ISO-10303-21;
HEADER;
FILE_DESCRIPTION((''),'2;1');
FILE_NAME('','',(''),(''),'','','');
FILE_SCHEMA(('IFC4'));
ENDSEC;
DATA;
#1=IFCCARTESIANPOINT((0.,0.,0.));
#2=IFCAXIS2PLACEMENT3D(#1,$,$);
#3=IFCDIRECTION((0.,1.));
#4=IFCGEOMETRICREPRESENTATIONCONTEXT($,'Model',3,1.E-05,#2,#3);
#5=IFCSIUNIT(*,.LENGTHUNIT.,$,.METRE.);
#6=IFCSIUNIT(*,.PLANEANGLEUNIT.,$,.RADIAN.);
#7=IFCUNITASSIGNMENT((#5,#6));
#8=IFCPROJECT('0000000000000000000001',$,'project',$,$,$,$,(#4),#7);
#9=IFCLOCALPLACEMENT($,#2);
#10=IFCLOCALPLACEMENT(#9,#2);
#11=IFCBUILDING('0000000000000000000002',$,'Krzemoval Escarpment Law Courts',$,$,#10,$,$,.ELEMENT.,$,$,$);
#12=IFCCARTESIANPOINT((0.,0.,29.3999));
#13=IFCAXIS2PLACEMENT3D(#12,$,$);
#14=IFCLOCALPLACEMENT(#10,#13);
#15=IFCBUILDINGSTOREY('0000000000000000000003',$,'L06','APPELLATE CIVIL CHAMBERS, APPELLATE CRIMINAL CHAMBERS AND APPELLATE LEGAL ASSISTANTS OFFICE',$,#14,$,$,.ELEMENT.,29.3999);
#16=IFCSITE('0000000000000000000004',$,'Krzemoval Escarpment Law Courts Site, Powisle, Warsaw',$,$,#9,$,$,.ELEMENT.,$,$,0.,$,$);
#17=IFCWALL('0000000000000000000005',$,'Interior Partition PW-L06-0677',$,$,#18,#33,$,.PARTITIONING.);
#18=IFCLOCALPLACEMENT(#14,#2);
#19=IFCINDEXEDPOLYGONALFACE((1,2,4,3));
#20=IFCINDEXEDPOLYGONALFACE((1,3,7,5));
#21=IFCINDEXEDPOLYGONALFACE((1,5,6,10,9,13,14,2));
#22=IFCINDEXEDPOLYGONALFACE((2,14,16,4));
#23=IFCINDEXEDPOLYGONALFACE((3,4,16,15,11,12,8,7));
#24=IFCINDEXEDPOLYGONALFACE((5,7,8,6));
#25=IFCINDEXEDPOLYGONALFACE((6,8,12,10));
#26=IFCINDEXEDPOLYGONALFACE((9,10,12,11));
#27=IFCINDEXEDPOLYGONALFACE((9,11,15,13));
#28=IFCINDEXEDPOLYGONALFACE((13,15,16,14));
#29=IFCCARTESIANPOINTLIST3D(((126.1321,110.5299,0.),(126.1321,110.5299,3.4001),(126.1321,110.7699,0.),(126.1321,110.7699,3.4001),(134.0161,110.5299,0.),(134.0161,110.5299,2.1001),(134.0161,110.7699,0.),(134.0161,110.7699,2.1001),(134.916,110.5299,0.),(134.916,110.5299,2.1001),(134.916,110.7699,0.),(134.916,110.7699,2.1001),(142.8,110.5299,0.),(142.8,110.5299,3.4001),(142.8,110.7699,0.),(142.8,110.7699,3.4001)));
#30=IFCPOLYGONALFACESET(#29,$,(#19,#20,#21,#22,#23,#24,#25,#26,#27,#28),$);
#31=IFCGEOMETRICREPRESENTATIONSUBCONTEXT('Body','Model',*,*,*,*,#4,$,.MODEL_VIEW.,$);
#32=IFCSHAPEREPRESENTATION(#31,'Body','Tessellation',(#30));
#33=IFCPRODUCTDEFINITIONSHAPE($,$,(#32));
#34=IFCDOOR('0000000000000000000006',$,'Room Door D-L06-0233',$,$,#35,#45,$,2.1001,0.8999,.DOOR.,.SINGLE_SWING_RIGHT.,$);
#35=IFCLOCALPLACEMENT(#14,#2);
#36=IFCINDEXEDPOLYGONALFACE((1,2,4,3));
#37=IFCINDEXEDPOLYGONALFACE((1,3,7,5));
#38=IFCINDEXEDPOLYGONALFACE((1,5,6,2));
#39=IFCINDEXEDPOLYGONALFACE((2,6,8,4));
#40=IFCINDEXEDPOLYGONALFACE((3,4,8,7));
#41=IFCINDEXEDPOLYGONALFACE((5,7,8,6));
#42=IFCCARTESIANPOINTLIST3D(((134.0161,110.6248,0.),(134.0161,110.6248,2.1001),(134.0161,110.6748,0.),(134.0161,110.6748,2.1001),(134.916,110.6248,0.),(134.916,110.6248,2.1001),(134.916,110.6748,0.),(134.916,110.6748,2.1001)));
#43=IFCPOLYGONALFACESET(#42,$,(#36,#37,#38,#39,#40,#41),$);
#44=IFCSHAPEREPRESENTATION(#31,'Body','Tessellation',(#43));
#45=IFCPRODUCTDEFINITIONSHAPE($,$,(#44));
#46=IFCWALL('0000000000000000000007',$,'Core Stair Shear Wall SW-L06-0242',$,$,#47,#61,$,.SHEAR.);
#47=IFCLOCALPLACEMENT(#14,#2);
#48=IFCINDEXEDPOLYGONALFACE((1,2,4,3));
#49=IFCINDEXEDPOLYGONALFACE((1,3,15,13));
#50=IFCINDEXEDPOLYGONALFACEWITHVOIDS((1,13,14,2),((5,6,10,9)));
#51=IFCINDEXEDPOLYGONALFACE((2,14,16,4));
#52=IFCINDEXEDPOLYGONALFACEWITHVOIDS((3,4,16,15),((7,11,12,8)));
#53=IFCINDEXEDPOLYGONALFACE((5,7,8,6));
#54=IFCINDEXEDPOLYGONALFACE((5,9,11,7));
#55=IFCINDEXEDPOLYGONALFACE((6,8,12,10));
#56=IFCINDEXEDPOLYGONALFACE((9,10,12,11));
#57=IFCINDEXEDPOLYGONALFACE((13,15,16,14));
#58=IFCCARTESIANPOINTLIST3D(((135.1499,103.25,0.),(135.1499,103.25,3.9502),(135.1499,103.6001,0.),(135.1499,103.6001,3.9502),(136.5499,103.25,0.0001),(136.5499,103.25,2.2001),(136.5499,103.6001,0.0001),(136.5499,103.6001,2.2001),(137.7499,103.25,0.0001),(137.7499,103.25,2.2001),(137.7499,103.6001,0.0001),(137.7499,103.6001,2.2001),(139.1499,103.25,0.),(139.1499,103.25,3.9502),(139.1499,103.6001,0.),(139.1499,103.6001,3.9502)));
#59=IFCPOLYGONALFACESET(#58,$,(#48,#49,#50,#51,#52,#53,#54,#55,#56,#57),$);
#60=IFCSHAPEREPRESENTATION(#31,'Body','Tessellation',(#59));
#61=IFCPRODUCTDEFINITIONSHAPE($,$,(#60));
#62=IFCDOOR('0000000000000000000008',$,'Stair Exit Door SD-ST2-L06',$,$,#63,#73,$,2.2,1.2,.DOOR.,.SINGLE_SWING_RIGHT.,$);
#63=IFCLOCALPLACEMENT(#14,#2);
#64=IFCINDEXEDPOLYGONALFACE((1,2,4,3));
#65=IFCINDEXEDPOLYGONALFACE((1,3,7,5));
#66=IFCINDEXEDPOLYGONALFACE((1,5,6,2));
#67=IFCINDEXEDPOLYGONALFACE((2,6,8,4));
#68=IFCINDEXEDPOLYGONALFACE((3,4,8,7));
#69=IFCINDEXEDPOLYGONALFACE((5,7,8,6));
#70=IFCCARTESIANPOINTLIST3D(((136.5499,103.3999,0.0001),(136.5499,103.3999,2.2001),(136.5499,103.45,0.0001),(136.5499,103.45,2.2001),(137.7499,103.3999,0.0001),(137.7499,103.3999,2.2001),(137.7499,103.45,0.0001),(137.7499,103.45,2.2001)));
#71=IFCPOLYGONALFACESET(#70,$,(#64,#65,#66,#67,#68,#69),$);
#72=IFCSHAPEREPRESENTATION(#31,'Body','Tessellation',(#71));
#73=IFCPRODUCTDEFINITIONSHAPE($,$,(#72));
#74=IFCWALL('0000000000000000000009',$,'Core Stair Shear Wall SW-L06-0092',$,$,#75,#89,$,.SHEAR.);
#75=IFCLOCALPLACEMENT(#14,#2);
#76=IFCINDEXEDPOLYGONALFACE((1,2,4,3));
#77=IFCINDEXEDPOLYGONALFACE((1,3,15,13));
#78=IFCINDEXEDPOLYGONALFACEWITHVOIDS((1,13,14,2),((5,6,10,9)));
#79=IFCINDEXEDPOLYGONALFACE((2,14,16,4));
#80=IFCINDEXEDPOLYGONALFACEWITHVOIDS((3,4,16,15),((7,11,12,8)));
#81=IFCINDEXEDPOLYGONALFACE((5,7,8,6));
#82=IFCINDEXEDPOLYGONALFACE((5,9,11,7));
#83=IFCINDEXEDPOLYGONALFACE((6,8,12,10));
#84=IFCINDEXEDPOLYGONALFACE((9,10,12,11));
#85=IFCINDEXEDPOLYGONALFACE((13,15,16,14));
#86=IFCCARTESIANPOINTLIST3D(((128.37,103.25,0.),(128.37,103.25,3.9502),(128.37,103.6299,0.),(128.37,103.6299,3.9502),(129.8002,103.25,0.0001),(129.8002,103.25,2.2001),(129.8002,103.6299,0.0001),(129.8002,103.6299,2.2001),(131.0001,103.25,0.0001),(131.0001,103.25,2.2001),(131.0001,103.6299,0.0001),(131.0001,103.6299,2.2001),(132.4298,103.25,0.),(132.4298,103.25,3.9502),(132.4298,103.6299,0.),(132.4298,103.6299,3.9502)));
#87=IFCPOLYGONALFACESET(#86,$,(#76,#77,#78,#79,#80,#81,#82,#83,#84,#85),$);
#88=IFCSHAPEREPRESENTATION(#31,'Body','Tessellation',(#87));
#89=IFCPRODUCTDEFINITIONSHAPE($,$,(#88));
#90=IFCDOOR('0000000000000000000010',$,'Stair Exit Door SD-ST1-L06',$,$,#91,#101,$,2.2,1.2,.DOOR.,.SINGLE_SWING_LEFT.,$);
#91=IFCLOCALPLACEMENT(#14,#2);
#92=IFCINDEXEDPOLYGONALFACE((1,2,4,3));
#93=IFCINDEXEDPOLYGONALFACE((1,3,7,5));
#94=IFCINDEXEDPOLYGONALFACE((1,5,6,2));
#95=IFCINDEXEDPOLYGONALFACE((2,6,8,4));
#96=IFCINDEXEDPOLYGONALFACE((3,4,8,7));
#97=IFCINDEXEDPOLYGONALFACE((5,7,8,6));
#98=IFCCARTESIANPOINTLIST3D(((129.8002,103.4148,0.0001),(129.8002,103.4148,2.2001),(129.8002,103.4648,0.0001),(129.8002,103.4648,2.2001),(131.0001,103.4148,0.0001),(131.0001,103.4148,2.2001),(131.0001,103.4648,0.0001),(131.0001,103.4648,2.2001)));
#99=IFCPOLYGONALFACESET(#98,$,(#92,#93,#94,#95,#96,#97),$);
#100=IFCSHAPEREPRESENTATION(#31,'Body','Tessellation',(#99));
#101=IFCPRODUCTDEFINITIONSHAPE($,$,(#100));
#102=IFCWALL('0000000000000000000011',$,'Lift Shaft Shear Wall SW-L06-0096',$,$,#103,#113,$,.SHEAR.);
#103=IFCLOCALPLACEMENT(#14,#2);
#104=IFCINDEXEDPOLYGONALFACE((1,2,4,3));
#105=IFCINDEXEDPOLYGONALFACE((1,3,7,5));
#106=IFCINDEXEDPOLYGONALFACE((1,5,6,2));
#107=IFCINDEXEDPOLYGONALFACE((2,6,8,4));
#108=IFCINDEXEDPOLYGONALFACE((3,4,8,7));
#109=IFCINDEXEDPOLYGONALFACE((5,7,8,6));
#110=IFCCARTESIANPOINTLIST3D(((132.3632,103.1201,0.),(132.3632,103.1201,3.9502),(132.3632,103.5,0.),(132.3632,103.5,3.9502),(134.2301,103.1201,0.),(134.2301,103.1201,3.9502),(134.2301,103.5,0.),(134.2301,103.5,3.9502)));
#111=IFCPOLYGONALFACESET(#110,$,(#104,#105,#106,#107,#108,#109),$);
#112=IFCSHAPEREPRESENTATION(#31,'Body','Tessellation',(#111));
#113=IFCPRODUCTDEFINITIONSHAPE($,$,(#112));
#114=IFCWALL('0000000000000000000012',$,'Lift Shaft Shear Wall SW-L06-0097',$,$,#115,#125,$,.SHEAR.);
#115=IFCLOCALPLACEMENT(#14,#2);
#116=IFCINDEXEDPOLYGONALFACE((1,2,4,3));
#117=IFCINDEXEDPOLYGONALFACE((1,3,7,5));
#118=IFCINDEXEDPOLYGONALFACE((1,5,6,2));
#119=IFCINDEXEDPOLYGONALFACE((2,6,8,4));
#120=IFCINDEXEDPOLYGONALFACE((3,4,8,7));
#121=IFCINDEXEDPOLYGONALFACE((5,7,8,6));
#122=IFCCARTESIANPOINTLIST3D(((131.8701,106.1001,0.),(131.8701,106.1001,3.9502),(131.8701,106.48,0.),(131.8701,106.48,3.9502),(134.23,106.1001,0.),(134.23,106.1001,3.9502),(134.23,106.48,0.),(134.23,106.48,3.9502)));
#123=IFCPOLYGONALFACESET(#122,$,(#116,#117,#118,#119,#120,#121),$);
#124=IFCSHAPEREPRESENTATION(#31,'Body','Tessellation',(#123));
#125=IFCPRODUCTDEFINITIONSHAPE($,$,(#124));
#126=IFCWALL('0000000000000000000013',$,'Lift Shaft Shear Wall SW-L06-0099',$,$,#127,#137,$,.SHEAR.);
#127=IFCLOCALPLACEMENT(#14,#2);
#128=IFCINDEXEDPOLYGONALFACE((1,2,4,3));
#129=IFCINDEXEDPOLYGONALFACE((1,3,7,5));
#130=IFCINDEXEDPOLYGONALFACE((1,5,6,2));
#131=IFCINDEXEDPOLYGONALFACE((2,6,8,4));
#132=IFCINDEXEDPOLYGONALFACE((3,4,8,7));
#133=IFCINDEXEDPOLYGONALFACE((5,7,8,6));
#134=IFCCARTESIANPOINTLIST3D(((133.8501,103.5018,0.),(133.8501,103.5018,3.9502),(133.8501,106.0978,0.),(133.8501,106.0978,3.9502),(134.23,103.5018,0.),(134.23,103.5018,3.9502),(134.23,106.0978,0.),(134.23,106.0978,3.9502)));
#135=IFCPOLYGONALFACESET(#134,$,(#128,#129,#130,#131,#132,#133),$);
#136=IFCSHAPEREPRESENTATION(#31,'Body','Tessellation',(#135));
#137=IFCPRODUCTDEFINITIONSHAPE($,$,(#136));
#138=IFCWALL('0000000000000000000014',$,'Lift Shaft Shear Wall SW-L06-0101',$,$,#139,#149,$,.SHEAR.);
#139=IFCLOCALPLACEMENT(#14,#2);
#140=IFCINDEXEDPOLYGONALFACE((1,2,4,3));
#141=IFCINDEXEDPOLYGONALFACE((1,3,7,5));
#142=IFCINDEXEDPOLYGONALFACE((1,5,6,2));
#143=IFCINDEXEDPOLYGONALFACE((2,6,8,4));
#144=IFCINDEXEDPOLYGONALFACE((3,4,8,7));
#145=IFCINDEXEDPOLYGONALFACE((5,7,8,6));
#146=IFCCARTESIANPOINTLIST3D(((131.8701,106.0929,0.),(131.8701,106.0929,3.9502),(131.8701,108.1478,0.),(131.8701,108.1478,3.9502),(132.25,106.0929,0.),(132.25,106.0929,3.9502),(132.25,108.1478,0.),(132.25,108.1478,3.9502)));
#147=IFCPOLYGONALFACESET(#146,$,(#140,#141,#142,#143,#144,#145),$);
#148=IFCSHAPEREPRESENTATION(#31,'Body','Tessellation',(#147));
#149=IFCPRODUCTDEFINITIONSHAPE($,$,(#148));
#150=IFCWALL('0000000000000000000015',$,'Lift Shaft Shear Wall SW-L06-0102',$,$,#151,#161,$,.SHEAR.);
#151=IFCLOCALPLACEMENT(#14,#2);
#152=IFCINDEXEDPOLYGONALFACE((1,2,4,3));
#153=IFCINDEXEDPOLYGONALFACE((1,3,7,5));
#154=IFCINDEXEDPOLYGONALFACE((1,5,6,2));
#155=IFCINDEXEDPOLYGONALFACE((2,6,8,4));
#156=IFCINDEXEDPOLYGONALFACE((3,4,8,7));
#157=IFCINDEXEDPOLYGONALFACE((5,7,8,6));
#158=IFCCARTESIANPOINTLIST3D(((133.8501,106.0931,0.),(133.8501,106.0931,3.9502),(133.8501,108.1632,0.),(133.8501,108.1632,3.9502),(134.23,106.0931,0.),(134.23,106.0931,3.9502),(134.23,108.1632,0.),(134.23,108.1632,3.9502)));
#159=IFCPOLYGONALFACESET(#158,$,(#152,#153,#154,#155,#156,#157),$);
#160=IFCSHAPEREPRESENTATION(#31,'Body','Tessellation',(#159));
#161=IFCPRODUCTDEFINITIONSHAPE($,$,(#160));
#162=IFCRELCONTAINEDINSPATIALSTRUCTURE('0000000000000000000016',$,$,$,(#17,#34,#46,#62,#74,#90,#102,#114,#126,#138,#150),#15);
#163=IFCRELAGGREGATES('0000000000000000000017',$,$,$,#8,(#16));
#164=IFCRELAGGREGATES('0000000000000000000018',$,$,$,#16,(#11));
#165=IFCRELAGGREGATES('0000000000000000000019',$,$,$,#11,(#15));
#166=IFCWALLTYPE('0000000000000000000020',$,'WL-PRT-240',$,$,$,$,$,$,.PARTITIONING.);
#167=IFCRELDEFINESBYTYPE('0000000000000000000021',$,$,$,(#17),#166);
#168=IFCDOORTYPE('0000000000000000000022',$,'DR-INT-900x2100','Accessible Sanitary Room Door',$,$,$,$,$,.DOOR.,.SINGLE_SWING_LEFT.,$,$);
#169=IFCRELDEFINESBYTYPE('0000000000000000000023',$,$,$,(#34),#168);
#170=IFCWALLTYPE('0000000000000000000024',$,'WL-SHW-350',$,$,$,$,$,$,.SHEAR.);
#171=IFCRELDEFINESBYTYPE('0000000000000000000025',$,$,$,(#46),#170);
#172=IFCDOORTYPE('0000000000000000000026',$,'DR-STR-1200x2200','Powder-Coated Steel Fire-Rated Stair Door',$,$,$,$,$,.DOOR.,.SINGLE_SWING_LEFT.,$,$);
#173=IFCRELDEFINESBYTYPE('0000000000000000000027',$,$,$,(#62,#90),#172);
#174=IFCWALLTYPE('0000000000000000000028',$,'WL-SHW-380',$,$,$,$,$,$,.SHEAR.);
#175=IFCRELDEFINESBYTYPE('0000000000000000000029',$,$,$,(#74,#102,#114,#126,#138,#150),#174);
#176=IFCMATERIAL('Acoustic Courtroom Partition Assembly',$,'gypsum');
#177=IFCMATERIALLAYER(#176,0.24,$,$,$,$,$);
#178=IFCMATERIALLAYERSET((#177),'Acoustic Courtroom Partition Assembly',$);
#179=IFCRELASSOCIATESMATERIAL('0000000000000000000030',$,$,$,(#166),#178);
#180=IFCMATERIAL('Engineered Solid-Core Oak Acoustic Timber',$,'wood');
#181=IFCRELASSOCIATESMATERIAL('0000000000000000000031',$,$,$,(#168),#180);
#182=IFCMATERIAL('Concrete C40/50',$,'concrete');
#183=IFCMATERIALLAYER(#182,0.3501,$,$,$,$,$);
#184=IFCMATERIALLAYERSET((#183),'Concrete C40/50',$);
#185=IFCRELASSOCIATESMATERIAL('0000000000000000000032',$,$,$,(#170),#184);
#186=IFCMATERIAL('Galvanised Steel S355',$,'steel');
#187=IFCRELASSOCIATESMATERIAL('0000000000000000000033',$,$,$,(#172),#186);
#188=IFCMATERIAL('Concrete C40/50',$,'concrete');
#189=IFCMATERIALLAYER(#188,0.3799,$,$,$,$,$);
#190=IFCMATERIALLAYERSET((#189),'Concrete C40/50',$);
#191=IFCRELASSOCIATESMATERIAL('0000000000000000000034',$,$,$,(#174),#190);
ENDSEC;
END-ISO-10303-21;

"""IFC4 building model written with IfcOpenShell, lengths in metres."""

from ifc_helpers import new_model, si_unit, direction, frame, frame_2d, origin, place, context, subcontext, project, spatial, rectangle, extrude, material, layer, layer_set, type_object, element, fill, save


model = new_model("IFC4")

# Units and contexts
model_context = context("Model", 3, precision=1e-05, world=origin(), true_north=direction((0.0, 1.0)))
body_context = subcontext(model_context, "Body", "Model", "MODEL_VIEW")
ifc_project = project(units=[si_unit("LENGTHUNIT", "METRE"), si_unit("PLANEANGLEUNIT", "RADIAN")], contexts=[model_context])

# Site, building, storey
site_placement = place(None, origin())
site = spatial("IfcSite", under=ifc_project, at=site_placement, Name="Krzemoval Escarpment Law Courts Site, Powisle, Warsaw", CompositionType="ELEMENT", RefElevation=0.0)
building_placement = place(site_placement, origin())
building = spatial("IfcBuilding", under=site, at=building_placement, Name="Krzemoval Escarpment Law Courts", CompositionType="ELEMENT")
storey_placement = place(building_placement, frame((0.0, 0.0, 29.3999)))
storey = spatial("IfcBuildingStorey", under=building, at=storey_placement, Name="L06", Description="APPELLATE CIVIL CHAMBERS, APPELLATE CRIMINAL CHAMBERS AND APPELLATE LEGAL ASSISTANTS OFFICE", CompositionType="ELEMENT", Elevation=29.3999)

# Walls, openings, doors
ifc_material_1 = material(Name="Acoustic Courtroom Partition Assembly", Category="gypsum")
ifc_layer_1 = layer(ifc_material_1, 0.24)
ifc_layer_set_1 = layer_set([ifc_layer_1], Name="Acoustic Courtroom Partition Assembly")
wall_type_1 = type_object("IfcWallType", Name="WL-PRT-240", PredefinedType="PARTITIONING", material=ifc_layer_set_1)
wall_1_placement = place(storey_placement, frame((126.1321, 110.6499, 0.0), z_axis=(0.0, 0.0, 1.0), x_axis=(1.0, 0.0, 0.0)))
wall_1 = element("IfcWall", 1, at=wall_1_placement, inside=storey, type_object=wall_type_1, Name="Interior Partition PW-L06-0677", PredefinedType="PARTITIONING", context=body_context, shape_type="SweptSolid", body=[
    extrude(rectangle(XDim=16.668, YDim=0.24, at=frame_2d((8.334, 0.0))), origin(), (0.0, 0.0, 1.0), 3.4001),
])
opening_1_placement = place(wall_1_placement, frame((7.884, 0.0, 0.0)))
opening_1 = element("IfcOpeningElement", 2, at=opening_1_placement, cuts=wall_1, PredefinedType="OPENING", context=body_context, shape_type="SweptSolid", body=[
    extrude(rectangle(XDim=0.8999, YDim=2.1001, at=frame_2d((0.45, 1.05))), frame((0.0, 0.135, 0.0), z_axis=(0.0, -1.0, 0.0), x_axis=(1.0, 0.0, 0.0)), (0.0, 0.0, 1.0), 0.27),
])
ifc_material_2 = material(Name="Engineered Solid-Core Oak Acoustic Timber", Category="wood")
door_type_1 = type_object("IfcDoorType", Name="DR-INT-900x2100", Description="Accessible Sanitary Room Door", OperationType="SINGLE_SWING_LEFT", PredefinedType="DOOR", material=ifc_material_2)
door_1_placement = place(opening_1_placement, origin())
door_1 = element("IfcDoor", 3, at=door_1_placement, inside=storey, type_object=door_type_1, Name="Room Door D-L06-0233", OperationType="SINGLE_SWING_RIGHT", OverallHeight=2.1001, OverallWidth=0.8999, PredefinedType="DOOR", context=body_context, shape_type="SweptSolid", body=[
    extrude(rectangle(XDim=0.8999, YDim=2.1001, at=frame_2d((0.45, 1.05))), frame((0.0, 0.0249, 0.0), z_axis=(0.0, -1.0, 0.0), x_axis=(1.0, 0.0, 0.0)), (0.0, 0.0, 1.0), 0.05),
])
fill(opening_1, door_1)
ifc_material_3 = material(Name="Concrete C40/50", Category="concrete")
ifc_layer_2 = layer(ifc_material_3, 0.3501)
ifc_layer_set_2 = layer_set([ifc_layer_2], Name="Concrete C40/50")
wall_type_2 = type_object("IfcWallType", Name="WL-SHW-350", PredefinedType="SHEAR", material=ifc_layer_set_2)
wall_2_placement = place(storey_placement, frame((135.1499, 103.425, 0.0), z_axis=(0.0, 0.0, 1.0), x_axis=(1.0, 0.0, 0.0)))
wall_2 = element("IfcWall", 4, at=wall_2_placement, inside=storey, type_object=wall_type_2, Name="Core Stair Shear Wall SW-L06-0242", PredefinedType="SHEAR", context=body_context, shape_type="SweptSolid", body=[
    extrude(rectangle(XDim=4.0, YDim=0.3501, at=frame_2d((2.0, 0.0))), origin(), (0.0, 0.0, 1.0), 3.9502),
])
opening_2_placement = place(wall_2_placement, frame((1.3999, 0.0, 0.0)))
opening_2 = element("IfcOpeningElement", 5, at=opening_2_placement, cuts=wall_2, PredefinedType="OPENING", context=body_context, shape_type="SweptSolid", body=[
    extrude(rectangle(XDim=1.2, YDim=2.2, at=frame_2d((0.6001, 1.1001))), frame((0.0, 0.19, 0.0), z_axis=(0.0, -1.0, 0.0), x_axis=(1.0, 0.0, 0.0)), (0.0, 0.0, 1.0), 0.3801),
])
ifc_material_4 = material(Name="Galvanised Steel S355", Category="steel")
door_type_2 = type_object("IfcDoorType", Name="DR-STR-1200x2200", Description="Powder-Coated Steel Fire-Rated Stair Door", OperationType="SINGLE_SWING_LEFT", PredefinedType="DOOR", material=ifc_material_4)
door_2_placement = place(opening_2_placement, origin())
door_2 = element("IfcDoor", 6, at=door_2_placement, inside=storey, type_object=door_type_2, Name="Stair Exit Door SD-ST2-L06", OperationType="SINGLE_SWING_RIGHT", OverallHeight=2.2, OverallWidth=1.2, PredefinedType="DOOR", context=body_context, shape_type="SweptSolid", body=[
    extrude(rectangle(XDim=1.2, YDim=2.2, at=frame_2d((0.6001, 1.1001))), frame((0.0, 0.0249, 0.0), z_axis=(0.0, -1.0, 0.0), x_axis=(1.0, 0.0, 0.0)), (0.0, 0.0, 1.0), 0.05),
])
fill(opening_2, door_2)
ifc_material_5 = material(Name="Concrete C40/50", Category="concrete")
ifc_layer_3 = layer(ifc_material_5, 0.3799)
ifc_layer_set_3 = layer_set([ifc_layer_3], Name="Concrete C40/50")
wall_type_3 = type_object("IfcWallType", Name="WL-SHW-380", PredefinedType="SHEAR", material=ifc_layer_set_3)
wall_3_placement = place(storey_placement, frame((128.3701, 103.4399, 0.0), z_axis=(0.0, 0.0, 1.0), x_axis=(1.0, 0.0, 0.0)))
wall_3 = element("IfcWall", 7, at=wall_3_placement, inside=storey, type_object=wall_type_3, Name="Core Stair Shear Wall SW-L06-0092", PredefinedType="SHEAR", context=body_context, shape_type="SweptSolid", body=[
    extrude(rectangle(XDim=4.0598, YDim=0.3799, at=frame_2d((2.0298, 0.0))), origin(), (0.0, 0.0, 1.0), 3.9502),
])
opening_3_placement = place(wall_3_placement, frame((1.4299, 0.0, 0.0)))
opening_3 = element("IfcOpeningElement", 8, at=opening_3_placement, cuts=wall_3, PredefinedType="OPENING", context=body_context, shape_type="SweptSolid", body=[
    extrude(rectangle(XDim=1.2, YDim=2.2, at=frame_2d((0.6001, 1.1001))), frame((0.0, 0.2049, 0.0), z_axis=(0.0, -1.0, 0.0), x_axis=(1.0, 0.0, 0.0)), (0.0, 0.0, 1.0), 0.4099),
])
door_3_placement = place(opening_3_placement, origin())
door_3 = element("IfcDoor", 9, at=door_3_placement, inside=storey, type_object=door_type_2, Name="Stair Exit Door SD-ST1-L06", OperationType="SINGLE_SWING_LEFT", OverallHeight=2.2, OverallWidth=1.2, PredefinedType="DOOR", context=body_context, shape_type="SweptSolid", body=[
    extrude(rectangle(XDim=1.2, YDim=2.2, at=frame_2d((0.6001, 1.1001))), frame((0.0, 0.0249, 0.0), z_axis=(0.0, -1.0, 0.0), x_axis=(1.0, 0.0, 0.0)), (0.0, 0.0, 1.0), 0.05),
])
fill(opening_3, door_3)

# Walls
wall_4_placement = place(storey_placement, frame((132.363, 103.3101, 0.0), z_axis=(0.0, 0.0, 1.0), x_axis=(1.0, 0.0, 0.0)))
element("IfcWall", 10, at=wall_4_placement, inside=storey, type_object=wall_type_3, Name="Lift Shaft Shear Wall SW-L06-0096", PredefinedType="SHEAR", context=body_context, shape_type="SweptSolid", body=[
    extrude(rectangle(XDim=1.8669, YDim=0.3799, at=frame_2d((0.9336, 0.0))), origin(), (0.0, 0.0, 1.0), 3.9502),
])
wall_5_placement = place(storey_placement, frame((131.8701, 106.29, 0.0), z_axis=(0.0, 0.0, 1.0), x_axis=(1.0, 0.0, 0.0)))
element("IfcWall", 11, at=wall_5_placement, inside=storey, type_object=wall_type_3, Name="Lift Shaft Shear Wall SW-L06-0097", PredefinedType="SHEAR", context=body_context, shape_type="SweptSolid", body=[
    extrude(rectangle(XDim=2.3599, YDim=0.3799, at=frame_2d((1.1799, 0.0))), origin(), (0.0, 0.0, 1.0), 3.9502),
])
wall_6_placement = place(storey_placement, frame((134.04, 103.502, 0.0), z_axis=(0.0, 0.0, 1.0), x_axis=(0.0, 1.0, 0.0)))
element("IfcWall", 12, at=wall_6_placement, inside=storey, type_object=wall_type_3, Name="Lift Shaft Shear Wall SW-L06-0099", PredefinedType="SHEAR", context=body_context, shape_type="SweptSolid", body=[
    extrude(rectangle(XDim=2.5959, YDim=0.3799, at=frame_2d((1.2979, 0.0))), origin(), (0.0, 0.0, 1.0), 3.9502),
])

# Walls
wall_7_placement = place(storey_placement, frame((132.0601, 106.093, 0.0), z_axis=(0.0, 0.0, 1.0), x_axis=(0.0, 1.0, 0.0)))
element("IfcWall", 13, at=wall_7_placement, inside=storey, type_object=wall_type_3, Name="Lift Shaft Shear Wall SW-L06-0101", PredefinedType="SHEAR", context=body_context, shape_type="SweptSolid", body=[
    extrude(rectangle(XDim=2.0549, YDim=0.3799, at=frame_2d((1.0273, 0.0))), origin(), (0.0, 0.0, 1.0), 3.9502),
])
wall_8_placement = place(storey_placement, frame((134.04, 106.093, 0.0), z_axis=(0.0, 0.0, 1.0), x_axis=(0.0, 1.0, 0.0)))
element("IfcWall", 14, at=wall_8_placement, inside=storey, type_object=wall_type_3, Name="Lift Shaft Shear Wall SW-L06-0102", PredefinedType="SHEAR", context=body_context, shape_type="SweptSolid", body=[
    extrude(rectangle(XDim=2.0701, YDim=0.3799, at=frame_2d((1.0352, 0.0))), origin(), (0.0, 0.0, 1.0), 3.9502),
])

save(model, "model.ifc")
